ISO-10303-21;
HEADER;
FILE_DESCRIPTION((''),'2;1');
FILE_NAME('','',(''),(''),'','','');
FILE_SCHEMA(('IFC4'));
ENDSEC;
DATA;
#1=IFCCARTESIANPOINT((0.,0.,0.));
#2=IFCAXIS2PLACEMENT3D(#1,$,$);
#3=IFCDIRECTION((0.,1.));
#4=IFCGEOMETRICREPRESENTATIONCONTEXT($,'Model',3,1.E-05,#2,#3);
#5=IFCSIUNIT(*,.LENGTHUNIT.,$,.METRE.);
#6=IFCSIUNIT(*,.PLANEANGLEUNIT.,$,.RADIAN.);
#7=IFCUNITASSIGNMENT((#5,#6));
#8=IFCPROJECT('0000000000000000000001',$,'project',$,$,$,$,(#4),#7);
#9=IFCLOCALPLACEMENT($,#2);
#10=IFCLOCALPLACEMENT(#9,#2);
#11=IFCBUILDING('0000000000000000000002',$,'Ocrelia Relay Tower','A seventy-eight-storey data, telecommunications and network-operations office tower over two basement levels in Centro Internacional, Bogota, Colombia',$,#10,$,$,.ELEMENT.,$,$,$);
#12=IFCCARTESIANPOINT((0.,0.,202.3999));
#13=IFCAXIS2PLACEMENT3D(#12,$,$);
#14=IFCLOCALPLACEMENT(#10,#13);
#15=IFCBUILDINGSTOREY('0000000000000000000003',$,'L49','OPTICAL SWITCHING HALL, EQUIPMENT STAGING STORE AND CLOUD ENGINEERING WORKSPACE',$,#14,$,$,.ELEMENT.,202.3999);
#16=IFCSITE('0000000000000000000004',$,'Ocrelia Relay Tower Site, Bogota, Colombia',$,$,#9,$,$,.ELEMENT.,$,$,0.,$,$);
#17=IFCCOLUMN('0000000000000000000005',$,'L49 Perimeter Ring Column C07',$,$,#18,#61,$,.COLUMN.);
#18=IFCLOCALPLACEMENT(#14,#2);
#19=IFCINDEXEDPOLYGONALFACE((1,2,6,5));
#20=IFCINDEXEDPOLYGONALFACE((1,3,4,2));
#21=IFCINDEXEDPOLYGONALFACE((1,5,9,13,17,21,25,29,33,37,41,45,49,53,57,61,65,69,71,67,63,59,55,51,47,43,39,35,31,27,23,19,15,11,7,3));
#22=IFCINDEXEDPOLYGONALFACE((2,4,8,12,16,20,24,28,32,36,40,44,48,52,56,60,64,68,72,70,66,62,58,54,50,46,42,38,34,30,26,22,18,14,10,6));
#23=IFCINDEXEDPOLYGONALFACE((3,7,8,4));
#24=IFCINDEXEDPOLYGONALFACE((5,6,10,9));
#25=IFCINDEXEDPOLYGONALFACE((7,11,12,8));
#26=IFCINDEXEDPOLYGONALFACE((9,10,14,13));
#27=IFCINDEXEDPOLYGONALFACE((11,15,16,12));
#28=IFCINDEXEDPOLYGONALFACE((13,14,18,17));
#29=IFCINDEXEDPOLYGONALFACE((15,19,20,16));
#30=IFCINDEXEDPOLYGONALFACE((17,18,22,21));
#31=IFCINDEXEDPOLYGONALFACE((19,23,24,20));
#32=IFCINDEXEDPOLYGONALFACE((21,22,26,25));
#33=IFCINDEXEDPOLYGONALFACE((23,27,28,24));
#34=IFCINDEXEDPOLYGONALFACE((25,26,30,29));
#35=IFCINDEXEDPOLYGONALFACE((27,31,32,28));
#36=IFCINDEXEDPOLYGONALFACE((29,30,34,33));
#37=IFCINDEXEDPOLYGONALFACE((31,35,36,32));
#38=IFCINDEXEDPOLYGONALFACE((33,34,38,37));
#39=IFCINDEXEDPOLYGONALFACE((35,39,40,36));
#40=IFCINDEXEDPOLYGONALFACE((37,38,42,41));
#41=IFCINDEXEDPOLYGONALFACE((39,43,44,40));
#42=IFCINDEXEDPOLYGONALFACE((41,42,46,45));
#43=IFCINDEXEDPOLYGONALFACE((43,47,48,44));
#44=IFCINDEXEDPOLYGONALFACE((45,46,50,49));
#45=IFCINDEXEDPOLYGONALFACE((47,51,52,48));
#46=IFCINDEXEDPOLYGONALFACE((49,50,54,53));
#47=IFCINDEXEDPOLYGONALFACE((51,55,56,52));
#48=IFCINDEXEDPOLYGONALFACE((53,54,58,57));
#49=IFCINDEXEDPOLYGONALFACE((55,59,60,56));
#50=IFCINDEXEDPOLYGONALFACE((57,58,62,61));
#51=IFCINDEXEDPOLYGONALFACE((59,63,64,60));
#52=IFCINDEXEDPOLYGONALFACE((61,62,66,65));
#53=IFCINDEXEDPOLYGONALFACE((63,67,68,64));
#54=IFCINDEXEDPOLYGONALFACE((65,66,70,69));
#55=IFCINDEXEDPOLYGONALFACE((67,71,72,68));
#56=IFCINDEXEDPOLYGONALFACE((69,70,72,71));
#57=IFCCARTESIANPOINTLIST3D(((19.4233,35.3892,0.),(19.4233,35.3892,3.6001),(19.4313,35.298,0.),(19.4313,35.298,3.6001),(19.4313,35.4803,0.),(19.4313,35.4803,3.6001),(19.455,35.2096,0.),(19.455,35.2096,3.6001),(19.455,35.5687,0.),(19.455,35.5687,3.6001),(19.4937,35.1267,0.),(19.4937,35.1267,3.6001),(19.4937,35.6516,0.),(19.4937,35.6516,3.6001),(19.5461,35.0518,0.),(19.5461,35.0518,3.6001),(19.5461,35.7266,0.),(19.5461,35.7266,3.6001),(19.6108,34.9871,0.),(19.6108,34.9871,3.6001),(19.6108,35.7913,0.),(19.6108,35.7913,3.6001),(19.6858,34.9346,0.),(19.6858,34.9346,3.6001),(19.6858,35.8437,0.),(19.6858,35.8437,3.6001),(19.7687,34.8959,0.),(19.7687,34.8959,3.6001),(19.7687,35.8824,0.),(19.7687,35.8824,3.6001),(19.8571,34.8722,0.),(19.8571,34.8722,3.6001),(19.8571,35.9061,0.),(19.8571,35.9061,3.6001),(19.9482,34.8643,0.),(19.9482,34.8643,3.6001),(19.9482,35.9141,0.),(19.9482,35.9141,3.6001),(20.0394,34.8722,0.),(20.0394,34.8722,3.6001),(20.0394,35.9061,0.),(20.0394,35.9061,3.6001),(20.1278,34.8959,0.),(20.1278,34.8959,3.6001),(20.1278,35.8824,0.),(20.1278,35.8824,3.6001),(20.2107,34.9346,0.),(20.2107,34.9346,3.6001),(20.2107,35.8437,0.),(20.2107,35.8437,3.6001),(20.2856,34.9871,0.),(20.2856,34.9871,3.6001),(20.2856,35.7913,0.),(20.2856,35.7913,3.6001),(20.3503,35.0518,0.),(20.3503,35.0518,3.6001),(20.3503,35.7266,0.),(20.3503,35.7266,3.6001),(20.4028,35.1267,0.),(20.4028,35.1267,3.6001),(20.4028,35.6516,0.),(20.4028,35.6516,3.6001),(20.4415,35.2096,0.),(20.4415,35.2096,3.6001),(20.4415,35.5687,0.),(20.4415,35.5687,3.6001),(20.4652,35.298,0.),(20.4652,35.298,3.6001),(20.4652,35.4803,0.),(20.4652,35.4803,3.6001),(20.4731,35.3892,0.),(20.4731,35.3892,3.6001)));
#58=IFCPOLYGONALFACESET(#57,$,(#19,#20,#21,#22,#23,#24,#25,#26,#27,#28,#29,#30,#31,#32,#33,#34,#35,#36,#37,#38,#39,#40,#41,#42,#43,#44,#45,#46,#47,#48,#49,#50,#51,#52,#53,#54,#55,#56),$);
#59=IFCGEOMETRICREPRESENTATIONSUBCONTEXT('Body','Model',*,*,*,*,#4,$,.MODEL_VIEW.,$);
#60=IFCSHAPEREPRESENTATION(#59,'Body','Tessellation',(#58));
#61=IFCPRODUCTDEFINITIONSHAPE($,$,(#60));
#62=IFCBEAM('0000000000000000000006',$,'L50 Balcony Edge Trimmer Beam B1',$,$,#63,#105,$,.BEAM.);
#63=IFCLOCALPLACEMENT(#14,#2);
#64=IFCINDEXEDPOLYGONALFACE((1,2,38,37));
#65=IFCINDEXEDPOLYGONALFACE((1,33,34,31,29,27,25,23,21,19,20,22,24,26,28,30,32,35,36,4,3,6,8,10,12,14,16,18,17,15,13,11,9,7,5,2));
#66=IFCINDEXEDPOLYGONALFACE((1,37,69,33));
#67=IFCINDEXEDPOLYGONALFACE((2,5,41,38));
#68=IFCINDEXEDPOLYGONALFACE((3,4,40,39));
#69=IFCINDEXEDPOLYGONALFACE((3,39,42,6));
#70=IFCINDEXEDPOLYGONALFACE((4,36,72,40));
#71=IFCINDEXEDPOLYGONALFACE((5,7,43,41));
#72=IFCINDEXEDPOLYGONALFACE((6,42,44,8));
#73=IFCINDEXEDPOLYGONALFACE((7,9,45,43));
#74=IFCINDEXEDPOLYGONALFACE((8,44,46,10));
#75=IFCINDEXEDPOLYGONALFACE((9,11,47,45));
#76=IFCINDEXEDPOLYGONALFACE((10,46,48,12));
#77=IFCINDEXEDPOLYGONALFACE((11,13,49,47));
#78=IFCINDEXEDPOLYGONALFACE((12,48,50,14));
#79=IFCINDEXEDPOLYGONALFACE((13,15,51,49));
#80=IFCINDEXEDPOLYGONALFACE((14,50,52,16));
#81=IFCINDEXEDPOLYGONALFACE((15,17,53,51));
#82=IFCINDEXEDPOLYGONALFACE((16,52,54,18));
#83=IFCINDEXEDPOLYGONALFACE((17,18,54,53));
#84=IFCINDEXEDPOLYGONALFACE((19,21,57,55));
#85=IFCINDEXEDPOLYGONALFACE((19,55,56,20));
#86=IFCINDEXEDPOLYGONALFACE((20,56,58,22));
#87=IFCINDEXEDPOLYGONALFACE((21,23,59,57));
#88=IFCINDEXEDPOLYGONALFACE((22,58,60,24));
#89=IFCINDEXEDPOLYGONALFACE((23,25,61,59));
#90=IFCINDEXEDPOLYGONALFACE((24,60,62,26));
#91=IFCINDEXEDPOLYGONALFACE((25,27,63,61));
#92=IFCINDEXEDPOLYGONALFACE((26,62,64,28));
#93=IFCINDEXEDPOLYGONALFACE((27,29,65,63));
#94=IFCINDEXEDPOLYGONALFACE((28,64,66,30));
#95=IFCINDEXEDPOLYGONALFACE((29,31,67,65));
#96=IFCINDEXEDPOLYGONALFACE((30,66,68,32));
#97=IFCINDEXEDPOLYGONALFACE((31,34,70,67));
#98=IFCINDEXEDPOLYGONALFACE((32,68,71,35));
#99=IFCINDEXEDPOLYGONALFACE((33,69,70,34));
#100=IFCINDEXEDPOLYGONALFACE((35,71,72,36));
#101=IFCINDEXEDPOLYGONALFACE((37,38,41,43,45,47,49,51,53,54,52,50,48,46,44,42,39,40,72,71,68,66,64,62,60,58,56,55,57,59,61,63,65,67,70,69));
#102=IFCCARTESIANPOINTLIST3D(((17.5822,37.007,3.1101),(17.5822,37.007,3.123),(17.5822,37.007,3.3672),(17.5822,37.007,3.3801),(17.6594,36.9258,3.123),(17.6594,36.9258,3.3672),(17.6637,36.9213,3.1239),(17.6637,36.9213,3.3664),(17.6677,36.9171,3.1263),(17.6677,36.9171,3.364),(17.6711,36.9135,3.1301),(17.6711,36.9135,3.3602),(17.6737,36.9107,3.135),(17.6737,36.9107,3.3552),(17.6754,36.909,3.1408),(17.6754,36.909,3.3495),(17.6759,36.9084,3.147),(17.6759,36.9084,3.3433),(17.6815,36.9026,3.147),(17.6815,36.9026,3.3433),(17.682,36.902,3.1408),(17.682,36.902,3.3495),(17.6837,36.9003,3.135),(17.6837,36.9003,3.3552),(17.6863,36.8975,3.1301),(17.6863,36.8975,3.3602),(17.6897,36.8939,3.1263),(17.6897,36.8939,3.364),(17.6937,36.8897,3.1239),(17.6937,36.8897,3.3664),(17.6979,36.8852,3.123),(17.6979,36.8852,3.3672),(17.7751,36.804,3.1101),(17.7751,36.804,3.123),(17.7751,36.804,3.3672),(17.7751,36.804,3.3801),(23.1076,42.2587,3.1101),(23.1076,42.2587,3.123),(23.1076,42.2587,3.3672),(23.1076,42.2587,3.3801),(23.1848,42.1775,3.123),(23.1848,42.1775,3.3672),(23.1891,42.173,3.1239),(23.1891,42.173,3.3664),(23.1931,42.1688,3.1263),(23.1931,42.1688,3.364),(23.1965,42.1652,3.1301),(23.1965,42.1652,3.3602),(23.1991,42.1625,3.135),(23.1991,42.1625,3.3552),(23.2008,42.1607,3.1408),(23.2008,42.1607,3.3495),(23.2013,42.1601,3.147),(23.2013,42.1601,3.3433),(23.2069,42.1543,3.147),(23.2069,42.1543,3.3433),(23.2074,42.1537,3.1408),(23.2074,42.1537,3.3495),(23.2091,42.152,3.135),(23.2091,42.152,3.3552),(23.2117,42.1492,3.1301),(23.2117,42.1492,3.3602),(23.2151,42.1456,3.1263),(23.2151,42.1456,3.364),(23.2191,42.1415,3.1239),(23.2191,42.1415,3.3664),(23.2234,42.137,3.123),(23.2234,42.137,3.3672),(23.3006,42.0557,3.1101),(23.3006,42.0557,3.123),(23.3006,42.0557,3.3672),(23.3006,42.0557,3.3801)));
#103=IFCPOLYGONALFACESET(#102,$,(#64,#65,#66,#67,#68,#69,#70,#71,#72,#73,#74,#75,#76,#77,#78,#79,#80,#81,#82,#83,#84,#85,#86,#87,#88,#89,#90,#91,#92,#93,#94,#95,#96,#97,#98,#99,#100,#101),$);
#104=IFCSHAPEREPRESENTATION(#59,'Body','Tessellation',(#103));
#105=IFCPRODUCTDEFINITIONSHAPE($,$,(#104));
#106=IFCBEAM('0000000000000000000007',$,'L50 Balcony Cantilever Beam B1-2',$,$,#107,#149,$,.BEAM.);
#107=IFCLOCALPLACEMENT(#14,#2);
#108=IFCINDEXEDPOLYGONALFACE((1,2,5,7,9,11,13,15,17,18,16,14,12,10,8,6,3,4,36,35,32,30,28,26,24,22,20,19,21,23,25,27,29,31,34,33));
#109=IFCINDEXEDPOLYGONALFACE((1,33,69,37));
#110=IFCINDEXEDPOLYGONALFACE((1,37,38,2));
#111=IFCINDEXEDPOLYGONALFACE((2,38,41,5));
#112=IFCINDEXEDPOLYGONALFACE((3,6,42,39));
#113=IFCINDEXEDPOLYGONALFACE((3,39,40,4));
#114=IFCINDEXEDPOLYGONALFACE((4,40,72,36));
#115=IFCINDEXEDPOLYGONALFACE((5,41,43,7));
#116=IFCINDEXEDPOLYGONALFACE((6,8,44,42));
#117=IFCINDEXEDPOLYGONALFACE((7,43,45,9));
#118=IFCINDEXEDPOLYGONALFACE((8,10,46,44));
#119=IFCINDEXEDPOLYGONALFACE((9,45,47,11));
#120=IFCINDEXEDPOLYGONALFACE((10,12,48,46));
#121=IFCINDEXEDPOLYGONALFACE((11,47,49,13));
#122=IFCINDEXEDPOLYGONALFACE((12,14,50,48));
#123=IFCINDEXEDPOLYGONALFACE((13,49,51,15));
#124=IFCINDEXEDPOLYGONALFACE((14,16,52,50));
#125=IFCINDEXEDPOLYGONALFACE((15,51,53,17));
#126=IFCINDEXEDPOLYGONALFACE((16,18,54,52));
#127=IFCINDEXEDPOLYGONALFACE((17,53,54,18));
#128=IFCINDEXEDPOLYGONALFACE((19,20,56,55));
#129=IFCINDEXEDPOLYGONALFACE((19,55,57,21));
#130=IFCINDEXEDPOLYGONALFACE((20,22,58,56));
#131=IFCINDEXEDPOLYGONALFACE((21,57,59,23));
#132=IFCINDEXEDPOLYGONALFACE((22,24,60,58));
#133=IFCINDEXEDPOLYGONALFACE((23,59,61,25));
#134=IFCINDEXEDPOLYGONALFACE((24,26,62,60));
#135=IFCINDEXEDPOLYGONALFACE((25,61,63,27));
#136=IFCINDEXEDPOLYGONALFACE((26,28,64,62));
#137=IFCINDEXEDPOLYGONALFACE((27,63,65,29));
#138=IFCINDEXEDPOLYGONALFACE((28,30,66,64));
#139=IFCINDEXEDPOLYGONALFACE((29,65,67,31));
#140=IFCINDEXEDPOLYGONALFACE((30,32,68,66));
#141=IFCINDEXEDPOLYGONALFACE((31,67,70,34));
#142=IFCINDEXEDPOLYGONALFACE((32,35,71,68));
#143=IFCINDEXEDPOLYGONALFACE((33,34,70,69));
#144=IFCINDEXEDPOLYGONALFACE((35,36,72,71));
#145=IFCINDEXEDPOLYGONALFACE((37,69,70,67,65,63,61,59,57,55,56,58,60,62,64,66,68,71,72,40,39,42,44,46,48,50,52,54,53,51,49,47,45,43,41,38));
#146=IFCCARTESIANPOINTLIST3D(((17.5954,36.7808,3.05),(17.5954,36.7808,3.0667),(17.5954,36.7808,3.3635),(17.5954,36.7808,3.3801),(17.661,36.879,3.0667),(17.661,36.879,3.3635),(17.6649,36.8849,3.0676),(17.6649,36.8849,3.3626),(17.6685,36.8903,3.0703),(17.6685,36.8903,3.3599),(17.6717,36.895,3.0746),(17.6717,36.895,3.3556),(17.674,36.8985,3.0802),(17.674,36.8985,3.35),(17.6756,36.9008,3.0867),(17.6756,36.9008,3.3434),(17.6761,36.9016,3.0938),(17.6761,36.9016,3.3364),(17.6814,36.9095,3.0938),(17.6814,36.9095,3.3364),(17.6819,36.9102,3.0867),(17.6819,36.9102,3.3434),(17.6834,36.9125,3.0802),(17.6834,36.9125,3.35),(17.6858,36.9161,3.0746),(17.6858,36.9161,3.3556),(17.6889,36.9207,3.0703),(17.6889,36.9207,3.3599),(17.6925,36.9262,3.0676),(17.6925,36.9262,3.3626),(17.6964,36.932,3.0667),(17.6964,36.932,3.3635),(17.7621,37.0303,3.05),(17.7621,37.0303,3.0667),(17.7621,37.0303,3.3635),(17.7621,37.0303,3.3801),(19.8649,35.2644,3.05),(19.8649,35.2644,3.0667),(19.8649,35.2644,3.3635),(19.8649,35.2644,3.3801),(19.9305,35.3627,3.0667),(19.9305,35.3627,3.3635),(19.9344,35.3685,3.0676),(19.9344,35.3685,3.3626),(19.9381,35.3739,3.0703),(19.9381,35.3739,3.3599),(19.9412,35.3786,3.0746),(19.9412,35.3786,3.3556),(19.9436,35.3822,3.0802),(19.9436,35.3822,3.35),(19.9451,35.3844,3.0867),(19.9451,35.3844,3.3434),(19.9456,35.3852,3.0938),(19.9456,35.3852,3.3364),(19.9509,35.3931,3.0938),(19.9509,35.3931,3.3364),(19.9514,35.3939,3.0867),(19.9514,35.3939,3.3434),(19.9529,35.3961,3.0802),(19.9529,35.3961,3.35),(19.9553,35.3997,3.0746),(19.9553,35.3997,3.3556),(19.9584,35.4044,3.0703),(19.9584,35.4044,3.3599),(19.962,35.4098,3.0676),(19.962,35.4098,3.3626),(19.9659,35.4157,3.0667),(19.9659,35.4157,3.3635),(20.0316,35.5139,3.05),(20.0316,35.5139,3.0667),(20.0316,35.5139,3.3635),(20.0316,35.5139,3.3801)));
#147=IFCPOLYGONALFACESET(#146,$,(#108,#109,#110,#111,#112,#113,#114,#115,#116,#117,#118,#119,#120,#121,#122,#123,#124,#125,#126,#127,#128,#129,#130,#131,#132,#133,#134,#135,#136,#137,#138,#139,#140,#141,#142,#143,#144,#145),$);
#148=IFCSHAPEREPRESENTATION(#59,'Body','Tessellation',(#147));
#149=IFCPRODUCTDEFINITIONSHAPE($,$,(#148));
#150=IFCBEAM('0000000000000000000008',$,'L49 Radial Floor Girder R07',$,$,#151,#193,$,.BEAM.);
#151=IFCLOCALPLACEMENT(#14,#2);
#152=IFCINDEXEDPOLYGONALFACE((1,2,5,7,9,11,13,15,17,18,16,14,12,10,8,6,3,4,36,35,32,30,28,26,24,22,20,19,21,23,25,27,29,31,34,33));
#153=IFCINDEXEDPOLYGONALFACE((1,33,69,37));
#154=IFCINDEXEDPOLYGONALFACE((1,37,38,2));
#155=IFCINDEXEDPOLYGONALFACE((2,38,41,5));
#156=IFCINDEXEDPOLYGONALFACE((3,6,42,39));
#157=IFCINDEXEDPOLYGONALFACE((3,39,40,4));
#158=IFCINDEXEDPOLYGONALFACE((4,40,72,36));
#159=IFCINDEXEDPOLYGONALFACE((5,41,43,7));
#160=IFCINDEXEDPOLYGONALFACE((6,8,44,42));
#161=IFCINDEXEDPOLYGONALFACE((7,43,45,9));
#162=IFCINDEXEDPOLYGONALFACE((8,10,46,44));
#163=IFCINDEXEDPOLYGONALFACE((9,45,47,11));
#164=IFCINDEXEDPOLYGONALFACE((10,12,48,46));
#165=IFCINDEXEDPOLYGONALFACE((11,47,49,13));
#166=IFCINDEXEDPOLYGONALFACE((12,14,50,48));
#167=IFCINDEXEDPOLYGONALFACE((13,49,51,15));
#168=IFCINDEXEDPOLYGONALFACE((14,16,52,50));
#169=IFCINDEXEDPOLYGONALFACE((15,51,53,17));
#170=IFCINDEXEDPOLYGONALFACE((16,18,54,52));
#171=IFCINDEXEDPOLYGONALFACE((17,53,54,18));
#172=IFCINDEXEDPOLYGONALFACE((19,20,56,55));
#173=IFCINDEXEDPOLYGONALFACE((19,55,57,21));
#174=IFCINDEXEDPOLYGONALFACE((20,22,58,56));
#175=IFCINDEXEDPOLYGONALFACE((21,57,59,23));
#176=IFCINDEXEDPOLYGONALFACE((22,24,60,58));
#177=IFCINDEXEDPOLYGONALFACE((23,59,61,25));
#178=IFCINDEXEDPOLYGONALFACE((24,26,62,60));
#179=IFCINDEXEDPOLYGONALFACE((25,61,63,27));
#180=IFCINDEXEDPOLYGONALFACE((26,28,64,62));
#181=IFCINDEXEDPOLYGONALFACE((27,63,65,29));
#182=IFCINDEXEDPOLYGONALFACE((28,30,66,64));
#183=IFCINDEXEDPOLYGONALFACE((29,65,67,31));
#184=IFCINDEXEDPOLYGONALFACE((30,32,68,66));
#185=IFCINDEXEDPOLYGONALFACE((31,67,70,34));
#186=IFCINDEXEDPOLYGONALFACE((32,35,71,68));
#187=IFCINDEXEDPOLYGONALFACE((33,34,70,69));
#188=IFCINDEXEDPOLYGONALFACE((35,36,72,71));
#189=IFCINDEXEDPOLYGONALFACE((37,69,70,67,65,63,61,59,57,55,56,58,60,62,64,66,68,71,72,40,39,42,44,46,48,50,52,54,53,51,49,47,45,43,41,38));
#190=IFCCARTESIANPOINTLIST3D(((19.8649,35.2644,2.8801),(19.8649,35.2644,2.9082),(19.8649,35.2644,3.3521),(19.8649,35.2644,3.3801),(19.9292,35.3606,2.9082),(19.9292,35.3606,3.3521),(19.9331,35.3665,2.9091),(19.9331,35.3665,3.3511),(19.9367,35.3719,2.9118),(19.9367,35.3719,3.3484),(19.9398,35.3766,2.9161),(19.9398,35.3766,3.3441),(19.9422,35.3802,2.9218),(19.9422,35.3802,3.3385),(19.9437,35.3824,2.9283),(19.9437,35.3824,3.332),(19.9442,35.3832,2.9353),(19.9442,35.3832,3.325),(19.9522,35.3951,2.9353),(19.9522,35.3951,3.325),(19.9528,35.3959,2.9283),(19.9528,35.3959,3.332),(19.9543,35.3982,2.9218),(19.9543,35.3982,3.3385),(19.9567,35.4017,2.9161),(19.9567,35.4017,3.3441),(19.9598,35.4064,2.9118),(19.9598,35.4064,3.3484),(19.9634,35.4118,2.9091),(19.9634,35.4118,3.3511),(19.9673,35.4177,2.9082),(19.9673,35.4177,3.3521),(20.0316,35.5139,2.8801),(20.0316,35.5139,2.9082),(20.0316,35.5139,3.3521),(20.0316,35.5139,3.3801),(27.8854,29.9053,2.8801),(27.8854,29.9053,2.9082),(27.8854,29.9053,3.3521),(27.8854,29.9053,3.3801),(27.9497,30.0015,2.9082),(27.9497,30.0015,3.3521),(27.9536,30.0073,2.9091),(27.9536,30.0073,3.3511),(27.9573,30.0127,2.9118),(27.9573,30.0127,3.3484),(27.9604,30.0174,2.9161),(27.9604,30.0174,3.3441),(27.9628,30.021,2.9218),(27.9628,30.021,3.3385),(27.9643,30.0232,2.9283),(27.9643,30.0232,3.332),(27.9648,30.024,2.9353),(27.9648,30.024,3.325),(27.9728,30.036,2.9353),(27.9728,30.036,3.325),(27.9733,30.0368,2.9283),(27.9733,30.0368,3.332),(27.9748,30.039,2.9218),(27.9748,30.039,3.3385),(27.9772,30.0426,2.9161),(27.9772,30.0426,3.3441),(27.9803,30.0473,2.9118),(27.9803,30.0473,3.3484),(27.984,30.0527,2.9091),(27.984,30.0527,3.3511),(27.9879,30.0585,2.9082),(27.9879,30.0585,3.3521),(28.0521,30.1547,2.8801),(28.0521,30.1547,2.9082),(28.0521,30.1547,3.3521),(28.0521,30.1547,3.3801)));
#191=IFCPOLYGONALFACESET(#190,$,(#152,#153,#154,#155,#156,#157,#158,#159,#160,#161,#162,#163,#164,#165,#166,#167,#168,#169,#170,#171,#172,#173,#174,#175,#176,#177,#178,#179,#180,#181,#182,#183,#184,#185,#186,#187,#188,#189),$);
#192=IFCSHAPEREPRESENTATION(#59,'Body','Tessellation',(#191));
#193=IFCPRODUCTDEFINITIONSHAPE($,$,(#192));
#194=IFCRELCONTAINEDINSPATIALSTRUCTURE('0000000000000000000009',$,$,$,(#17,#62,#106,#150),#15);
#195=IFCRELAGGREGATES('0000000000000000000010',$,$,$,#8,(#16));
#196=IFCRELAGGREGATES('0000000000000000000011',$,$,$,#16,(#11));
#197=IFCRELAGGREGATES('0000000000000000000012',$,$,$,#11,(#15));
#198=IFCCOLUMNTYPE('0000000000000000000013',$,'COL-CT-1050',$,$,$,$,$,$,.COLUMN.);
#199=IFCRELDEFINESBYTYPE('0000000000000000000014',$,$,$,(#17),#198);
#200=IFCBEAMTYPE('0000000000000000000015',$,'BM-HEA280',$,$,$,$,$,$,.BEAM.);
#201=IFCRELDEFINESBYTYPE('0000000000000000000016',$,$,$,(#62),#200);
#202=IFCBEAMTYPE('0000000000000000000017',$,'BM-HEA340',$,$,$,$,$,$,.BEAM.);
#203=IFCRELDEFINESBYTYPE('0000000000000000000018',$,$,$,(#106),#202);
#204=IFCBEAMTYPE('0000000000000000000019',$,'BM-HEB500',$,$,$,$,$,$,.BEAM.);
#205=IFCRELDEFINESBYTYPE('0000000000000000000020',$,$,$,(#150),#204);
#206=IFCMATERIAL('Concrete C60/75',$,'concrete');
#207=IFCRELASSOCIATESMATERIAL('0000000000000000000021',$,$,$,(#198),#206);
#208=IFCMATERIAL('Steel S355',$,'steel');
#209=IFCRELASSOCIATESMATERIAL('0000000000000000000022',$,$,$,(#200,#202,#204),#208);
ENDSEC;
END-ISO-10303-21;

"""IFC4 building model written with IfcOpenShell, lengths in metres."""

from ifc_helpers import new_model, si_unit, direction, frame, origin, origin_2d, place, context, subcontext, project, spatial, circle, i_section, extrude, material, material_profile, profile_set, type_object, element, save


model = new_model("IFC4")

# Units and contexts
model_context = context("Model", 3, precision=1e-05, world=origin(), true_north=direction((0.0, 1.0)))
body_context = subcontext(model_context, "Body", "Model", "MODEL_VIEW")
ifc_project = project(units=[si_unit("LENGTHUNIT", "METRE"), si_unit("PLANEANGLEUNIT", "RADIAN")], contexts=[model_context])

# Site, building, storey
site_placement = place(None, origin())
site = spatial("IfcSite", under=ifc_project, at=site_placement, Name="Ocrelia Relay Tower Site, Bogota, Colombia", CompositionType="ELEMENT", RefElevation=0.0)
building_placement = place(site_placement, origin())
building = spatial("IfcBuilding", under=site, at=building_placement, Name="Ocrelia Relay Tower", Description="A seventy-eight-storey data, telecommunications and network-operations office tower over two basement levels in Centro Internacional, Bogota, Colombia", CompositionType="ELEMENT")
storey_placement = place(building_placement, frame((0.0, 0.0, 202.3999)))
storey = spatial("IfcBuildingStorey", under=building, at=storey_placement, Name="L49", Description="OPTICAL SWITCHING HALL, EQUIPMENT STAGING STORE AND CLOUD ENGINEERING WORKSPACE", CompositionType="ELEMENT", Elevation=202.3999)

# Column
ifc_material_1 = material(Name="Concrete C60/75", Category="concrete")
ifc_material_profile_1 = material_profile(ifc_material_1, circle(Radius=0.5249, at=origin_2d()), Name="RC-CIR-1050")
ifc_profile_set_1 = profile_set([ifc_material_profile_1], Name="Concrete C60/75")
column_type = type_object("IfcColumnType", Name="COL-CT-1050", PredefinedType="COLUMN", material=ifc_profile_set_1)
column_placement = place(storey_placement, frame((19.9482, 35.3892, 0.0), z_axis=(0.0, 0.0, 1.0), x_axis=(1.0, 0.0, 0.0)))
element("IfcColumn", 1, at=column_placement, inside=storey, type_object=column_type, Name="L49 Perimeter Ring Column C07", PredefinedType="COLUMN", context=body_context, shape_type="SweptSolid", body=[
    extrude(circle(Radius=0.5249, at=origin_2d()), origin(), (0.0, 0.0, 1.0), 3.6001),
])

# Beams
ifc_material_2 = material(Name="Steel S355", Category="steel")
ifc_material_profile_2 = material_profile(ifc_material_2, i_section(OverallWidth=0.28, OverallDepth=0.27, WebThickness=0.0081, FlangeThickness=0.0129, FilletRadius=0.0239, at=origin_2d()), Name="HEA 280")
ifc_profile_set_2 = profile_set([ifc_material_profile_2], Name="Steel S355")
beam_type_1 = type_object("IfcBeamType", Name="BM-HEA280", PredefinedType="BEAM", material=ifc_profile_set_2)
beam_1_placement = place(storey_placement, frame((23.2041, 42.1572, 3.2451), z_axis=(-0.72483, -0.688928, 0.0), x_axis=(0.688928, -0.72483, 0.0)))
element("IfcBeam", 2, at=beam_1_placement, inside=storey, type_object=beam_type_1, Name="L50 Balcony Edge Trimmer Beam B1", PredefinedType="BEAM", context=body_context, shape_type="SweptSolid", body=[
    extrude(i_section(OverallWidth=0.28, OverallDepth=0.27, WebThickness=0.0081, FlangeThickness=0.0129, FilletRadius=0.0239, at=origin_2d()), origin(), (0.0, 0.0, 1.0), 7.623),
])
ifc_material_profile_3 = material_profile(ifc_material_2, i_section(OverallWidth=0.3, OverallDepth=0.3301, WebThickness=0.0095, FlangeThickness=0.0166, FilletRadius=0.0271, at=origin_2d()), Name="HEA 340")
ifc_profile_set_3 = profile_set([ifc_material_profile_3], Name="Steel S355")
beam_type_2 = type_object("IfcBeamType", Name="BM-HEA340", PredefinedType="BEAM", material=ifc_profile_set_3)
beam_2_placement = place(storey_placement, frame((19.9482, 35.3892, 3.2151), z_axis=(-0.831486, 0.555546, 0.0), x_axis=(-0.555546, -0.831486, 0.0)))
element("IfcBeam", 3, at=beam_2_placement, inside=storey, type_object=beam_type_2, Name="L50 Balcony Cantilever Beam B1-2", PredefinedType="BEAM", context=body_context, shape_type="SweptSolid", body=[
    extrude(i_section(OverallWidth=0.3, OverallDepth=0.3301, WebThickness=0.0095, FlangeThickness=0.0166, FilletRadius=0.0271, at=origin_2d()), origin(), (0.0, 0.0, 1.0), 2.7295),
])
ifc_material_profile_4 = material_profile(ifc_material_2, i_section(OverallWidth=0.3, OverallDepth=0.5, WebThickness=0.0144, FlangeThickness=0.0281, FilletRadius=0.0271, at=origin_2d()), Name="HEB 500")
ifc_profile_set_4 = profile_set([ifc_material_profile_4], Name="Steel S355")
beam_type_3 = type_object("IfcBeamType", Name="BM-HEB500", PredefinedType="BEAM", material=ifc_profile_set_4)
beam_3_placement = place(storey_placement, frame((19.9482, 35.3892, 3.1301), z_axis=(0.83147, -0.55557, 0.0), x_axis=(0.55557, 0.83147, 0.0)))
element("IfcBeam", 4, at=beam_3_placement, inside=storey, type_object=beam_type_3, Name="L49 Radial Floor Girder R07", PredefinedType="BEAM", context=body_context, shape_type="SweptSolid", body=[
    extrude(i_section(OverallWidth=0.3, OverallDepth=0.5, WebThickness=0.0144, FlangeThickness=0.0281, FilletRadius=0.0271, at=origin_2d()), origin(), (0.0, 0.0, 1.0), 9.6462),
])

save(model, "model.ifc")
